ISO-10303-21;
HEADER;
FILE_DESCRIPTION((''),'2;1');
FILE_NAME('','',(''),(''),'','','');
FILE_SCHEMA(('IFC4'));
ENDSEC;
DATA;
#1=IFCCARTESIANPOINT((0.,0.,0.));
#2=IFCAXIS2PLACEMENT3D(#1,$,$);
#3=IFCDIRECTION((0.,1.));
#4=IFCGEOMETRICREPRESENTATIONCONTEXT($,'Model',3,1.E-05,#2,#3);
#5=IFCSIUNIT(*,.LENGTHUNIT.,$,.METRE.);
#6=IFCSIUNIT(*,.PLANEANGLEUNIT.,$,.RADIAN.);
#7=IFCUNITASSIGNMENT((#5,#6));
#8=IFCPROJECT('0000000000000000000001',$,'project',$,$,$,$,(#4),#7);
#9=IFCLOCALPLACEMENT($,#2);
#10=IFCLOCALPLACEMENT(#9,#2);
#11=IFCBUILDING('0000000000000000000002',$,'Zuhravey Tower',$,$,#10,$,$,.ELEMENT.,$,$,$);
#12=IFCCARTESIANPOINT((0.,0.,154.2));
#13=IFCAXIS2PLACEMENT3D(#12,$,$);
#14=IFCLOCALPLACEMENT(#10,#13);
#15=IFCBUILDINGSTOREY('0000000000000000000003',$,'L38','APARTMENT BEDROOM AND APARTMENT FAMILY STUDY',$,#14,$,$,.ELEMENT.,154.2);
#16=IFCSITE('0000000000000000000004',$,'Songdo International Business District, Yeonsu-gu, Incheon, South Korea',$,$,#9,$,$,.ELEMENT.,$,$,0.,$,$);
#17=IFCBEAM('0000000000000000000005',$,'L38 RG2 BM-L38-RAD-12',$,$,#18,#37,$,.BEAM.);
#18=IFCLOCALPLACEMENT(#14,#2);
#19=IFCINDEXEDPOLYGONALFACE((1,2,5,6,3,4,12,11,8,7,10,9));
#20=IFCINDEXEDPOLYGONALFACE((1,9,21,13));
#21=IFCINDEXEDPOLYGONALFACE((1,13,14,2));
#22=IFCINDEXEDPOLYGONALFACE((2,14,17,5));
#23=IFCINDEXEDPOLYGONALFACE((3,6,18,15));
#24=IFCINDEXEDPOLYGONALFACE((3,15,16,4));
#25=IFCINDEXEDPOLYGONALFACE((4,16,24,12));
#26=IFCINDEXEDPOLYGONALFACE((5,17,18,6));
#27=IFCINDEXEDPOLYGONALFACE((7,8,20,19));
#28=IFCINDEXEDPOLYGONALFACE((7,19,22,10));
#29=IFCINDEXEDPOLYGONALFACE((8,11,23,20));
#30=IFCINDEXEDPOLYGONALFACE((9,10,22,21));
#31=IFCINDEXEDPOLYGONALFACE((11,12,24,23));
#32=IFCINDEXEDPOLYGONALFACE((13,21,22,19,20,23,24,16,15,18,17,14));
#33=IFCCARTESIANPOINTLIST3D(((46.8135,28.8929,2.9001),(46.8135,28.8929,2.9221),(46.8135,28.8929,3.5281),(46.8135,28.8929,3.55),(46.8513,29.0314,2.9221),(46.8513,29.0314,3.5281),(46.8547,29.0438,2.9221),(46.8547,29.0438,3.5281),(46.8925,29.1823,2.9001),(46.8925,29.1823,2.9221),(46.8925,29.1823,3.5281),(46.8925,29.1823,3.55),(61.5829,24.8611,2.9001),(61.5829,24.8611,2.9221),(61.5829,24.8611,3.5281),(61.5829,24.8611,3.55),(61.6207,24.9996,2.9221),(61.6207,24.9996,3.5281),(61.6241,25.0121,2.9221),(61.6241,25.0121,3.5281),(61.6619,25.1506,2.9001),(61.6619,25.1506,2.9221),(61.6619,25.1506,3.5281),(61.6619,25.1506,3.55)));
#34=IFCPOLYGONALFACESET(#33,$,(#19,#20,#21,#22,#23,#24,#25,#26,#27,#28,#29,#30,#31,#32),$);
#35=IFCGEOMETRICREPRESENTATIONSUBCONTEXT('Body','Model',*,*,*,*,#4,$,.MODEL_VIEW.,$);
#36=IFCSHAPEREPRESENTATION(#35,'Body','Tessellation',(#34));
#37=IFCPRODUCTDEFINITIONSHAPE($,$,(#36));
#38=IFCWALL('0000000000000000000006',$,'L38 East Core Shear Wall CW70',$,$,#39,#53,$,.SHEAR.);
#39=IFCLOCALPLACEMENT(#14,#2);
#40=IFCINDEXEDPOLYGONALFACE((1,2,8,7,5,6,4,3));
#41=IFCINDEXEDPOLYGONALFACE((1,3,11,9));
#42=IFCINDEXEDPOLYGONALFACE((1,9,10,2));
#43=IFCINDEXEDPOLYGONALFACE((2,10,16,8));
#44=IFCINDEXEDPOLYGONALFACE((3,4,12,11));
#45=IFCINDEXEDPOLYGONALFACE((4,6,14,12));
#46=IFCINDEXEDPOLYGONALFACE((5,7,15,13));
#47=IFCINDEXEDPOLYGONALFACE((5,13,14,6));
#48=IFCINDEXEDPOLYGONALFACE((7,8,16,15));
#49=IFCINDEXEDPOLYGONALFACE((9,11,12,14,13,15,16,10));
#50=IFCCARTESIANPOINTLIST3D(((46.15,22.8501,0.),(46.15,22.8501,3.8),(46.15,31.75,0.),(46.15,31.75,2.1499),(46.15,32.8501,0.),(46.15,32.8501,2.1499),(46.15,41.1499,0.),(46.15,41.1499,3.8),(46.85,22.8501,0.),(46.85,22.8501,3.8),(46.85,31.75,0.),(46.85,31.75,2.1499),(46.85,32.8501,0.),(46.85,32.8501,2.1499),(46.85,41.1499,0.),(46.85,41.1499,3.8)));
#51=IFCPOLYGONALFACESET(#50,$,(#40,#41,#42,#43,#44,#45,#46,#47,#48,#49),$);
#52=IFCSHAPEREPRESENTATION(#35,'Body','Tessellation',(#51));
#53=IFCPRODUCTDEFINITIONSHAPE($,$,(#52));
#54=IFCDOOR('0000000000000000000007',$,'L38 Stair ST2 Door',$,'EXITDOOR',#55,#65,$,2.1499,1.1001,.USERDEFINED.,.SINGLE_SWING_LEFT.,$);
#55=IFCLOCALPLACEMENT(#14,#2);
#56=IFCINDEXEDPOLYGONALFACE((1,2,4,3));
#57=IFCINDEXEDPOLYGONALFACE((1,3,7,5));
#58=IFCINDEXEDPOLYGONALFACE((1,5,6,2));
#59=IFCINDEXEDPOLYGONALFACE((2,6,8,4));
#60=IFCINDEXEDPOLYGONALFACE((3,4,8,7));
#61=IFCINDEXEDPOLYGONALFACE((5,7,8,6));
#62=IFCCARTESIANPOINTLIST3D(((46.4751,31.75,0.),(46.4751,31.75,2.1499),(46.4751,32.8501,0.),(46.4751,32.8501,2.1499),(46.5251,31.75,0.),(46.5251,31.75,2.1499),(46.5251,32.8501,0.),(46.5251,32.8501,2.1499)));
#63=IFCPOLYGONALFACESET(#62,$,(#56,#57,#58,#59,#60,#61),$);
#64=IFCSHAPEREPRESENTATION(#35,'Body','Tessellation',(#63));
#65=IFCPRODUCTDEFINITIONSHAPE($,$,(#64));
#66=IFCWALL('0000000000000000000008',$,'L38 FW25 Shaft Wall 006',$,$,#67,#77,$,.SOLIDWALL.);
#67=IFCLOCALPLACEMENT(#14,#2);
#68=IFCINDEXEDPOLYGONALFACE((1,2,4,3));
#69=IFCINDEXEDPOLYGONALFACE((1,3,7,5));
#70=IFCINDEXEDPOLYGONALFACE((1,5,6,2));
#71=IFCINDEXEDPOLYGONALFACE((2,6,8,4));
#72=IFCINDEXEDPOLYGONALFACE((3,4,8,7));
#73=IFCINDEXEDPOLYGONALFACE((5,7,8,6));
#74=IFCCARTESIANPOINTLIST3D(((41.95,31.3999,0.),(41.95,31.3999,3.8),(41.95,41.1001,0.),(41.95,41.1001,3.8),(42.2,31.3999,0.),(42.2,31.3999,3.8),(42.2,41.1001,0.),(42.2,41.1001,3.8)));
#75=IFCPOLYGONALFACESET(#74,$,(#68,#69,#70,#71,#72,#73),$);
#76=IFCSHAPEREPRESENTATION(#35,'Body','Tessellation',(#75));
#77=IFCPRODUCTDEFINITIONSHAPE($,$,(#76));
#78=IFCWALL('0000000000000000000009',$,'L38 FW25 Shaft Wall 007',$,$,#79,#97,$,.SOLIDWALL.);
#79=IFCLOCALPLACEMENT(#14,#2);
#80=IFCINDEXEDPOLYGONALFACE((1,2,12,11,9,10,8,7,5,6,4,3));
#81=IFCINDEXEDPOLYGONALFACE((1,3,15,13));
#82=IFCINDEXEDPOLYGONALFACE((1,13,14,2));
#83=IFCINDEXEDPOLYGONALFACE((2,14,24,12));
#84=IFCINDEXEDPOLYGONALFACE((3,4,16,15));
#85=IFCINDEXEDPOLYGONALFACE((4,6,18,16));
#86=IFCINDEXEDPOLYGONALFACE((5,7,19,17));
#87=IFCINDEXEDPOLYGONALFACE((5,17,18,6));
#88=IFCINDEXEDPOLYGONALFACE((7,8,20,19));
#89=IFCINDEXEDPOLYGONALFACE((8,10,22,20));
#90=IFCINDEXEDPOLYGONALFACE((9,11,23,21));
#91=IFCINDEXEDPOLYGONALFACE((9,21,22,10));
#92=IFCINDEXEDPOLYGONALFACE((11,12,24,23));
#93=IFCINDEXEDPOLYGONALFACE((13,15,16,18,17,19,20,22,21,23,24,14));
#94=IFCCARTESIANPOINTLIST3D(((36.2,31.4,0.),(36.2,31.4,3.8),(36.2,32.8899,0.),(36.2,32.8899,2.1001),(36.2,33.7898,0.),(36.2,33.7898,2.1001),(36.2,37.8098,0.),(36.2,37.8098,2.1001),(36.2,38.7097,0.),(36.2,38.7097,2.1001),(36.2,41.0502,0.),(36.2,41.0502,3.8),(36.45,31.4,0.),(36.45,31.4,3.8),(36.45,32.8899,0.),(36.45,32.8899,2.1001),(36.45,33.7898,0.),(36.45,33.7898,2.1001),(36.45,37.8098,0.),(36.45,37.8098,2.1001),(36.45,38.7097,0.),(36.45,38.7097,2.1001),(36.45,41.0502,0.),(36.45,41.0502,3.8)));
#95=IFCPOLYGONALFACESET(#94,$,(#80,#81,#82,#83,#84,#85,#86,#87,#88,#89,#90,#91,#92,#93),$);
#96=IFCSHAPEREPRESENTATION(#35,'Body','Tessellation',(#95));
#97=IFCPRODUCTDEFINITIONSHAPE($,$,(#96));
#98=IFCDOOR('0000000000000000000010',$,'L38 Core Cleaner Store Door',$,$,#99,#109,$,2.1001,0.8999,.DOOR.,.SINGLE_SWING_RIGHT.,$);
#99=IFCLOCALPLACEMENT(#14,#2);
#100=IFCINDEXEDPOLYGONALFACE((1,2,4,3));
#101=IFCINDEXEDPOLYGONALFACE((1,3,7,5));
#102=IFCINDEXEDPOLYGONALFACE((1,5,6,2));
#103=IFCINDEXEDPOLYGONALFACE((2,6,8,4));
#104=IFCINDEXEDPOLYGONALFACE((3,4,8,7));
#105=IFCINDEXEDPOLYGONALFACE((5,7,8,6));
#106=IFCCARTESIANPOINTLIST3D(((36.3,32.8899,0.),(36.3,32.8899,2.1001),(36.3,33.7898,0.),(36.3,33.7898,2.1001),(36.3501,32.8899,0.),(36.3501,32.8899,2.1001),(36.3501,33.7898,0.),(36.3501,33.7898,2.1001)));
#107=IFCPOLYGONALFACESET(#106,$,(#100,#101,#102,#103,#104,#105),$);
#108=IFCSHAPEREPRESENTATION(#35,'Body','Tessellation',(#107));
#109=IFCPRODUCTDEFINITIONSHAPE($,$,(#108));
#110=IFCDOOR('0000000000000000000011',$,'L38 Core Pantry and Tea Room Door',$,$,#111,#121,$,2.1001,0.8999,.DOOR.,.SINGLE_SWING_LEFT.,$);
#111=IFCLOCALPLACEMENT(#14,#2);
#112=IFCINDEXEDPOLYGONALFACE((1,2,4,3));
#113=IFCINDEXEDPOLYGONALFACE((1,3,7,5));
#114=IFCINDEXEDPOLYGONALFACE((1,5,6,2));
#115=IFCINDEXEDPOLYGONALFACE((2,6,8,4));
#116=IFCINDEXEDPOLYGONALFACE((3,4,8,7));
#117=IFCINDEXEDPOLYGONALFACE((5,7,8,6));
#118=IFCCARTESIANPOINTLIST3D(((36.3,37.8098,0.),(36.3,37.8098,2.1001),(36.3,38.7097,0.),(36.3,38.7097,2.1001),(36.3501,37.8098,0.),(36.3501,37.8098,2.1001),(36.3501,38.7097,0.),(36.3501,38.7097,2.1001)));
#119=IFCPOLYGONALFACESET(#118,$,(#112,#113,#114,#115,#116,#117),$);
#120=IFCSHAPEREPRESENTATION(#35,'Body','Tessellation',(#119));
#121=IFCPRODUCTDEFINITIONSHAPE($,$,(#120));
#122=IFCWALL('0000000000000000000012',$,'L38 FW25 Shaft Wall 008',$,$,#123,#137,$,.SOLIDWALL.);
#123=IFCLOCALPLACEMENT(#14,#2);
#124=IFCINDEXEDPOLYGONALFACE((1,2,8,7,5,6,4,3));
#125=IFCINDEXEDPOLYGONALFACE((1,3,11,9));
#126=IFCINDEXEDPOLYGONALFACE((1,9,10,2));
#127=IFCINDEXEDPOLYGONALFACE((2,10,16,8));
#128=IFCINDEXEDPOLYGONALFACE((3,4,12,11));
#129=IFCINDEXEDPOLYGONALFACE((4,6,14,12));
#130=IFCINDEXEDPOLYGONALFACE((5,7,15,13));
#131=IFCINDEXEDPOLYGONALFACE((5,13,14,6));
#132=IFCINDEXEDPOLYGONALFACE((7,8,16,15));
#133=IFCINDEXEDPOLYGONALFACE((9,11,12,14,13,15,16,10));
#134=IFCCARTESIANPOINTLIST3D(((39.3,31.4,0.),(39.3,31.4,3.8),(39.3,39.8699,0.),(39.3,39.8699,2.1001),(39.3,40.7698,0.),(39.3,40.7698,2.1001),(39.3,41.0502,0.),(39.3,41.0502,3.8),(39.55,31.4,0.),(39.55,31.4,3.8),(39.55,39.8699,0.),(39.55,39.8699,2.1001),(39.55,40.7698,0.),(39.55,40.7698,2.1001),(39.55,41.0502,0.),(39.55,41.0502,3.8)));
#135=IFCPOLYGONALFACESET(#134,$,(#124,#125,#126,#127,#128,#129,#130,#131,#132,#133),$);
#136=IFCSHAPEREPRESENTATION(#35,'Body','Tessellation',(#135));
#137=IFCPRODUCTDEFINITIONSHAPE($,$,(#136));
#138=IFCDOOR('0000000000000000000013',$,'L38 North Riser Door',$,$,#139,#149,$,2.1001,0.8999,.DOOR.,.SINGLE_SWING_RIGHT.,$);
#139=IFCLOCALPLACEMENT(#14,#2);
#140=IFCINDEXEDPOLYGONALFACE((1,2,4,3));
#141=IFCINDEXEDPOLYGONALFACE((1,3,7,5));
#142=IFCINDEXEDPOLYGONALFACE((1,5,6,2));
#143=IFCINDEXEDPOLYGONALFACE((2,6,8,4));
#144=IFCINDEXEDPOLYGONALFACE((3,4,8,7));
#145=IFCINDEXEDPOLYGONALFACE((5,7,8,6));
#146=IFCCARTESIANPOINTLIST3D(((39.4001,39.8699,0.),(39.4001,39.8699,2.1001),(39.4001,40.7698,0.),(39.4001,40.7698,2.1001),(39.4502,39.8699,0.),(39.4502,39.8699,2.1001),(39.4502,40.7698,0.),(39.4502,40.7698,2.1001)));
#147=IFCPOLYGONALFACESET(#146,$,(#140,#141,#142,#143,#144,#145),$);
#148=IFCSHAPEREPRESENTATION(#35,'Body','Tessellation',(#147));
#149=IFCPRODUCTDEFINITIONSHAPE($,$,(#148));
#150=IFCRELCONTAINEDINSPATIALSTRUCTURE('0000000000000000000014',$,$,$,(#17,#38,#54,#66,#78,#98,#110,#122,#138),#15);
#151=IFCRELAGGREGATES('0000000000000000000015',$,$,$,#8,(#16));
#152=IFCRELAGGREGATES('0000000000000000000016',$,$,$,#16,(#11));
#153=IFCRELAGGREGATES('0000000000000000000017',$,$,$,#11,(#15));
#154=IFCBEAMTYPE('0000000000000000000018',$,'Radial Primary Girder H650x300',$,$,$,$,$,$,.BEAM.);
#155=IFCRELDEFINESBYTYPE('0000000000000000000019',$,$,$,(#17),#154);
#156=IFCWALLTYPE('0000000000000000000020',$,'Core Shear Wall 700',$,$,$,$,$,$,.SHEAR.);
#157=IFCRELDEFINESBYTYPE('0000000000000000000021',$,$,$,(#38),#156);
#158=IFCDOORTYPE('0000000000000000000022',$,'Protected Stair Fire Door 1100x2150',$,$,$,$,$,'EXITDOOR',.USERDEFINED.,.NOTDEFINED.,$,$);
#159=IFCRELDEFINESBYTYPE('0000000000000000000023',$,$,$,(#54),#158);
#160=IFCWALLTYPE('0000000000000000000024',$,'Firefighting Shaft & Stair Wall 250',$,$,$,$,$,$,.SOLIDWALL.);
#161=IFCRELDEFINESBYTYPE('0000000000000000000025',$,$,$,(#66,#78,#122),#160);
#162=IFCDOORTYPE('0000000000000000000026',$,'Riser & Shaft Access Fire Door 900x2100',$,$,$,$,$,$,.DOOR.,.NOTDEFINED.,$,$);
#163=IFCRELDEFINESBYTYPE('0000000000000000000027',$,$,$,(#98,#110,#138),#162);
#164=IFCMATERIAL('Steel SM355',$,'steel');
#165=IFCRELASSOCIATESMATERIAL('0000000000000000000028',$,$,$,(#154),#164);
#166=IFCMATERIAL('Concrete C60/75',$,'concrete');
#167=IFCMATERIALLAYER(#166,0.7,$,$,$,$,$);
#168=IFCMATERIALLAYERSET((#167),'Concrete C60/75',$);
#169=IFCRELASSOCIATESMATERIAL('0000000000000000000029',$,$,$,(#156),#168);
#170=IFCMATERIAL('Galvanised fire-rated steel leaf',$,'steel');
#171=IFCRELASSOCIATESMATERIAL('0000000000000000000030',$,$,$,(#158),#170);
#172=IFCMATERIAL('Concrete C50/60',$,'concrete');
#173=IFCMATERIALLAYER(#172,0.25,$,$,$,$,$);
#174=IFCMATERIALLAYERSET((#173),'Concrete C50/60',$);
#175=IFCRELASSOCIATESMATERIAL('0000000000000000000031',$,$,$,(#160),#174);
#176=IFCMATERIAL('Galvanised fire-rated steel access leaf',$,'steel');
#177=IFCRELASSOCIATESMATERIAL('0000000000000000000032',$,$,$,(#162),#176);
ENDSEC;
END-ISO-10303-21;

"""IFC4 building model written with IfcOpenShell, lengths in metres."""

from ifc_helpers import new_model, si_unit, direction, frame, frame_2d, origin, origin_2d, place, context, subcontext, project, spatial, rectangle, i_section, extrude, material, layer, layer_set, material_profile, profile_set, type_object, element, fill, save


model = new_model("IFC4")

# Units and contexts
model_context = context("Model", 3, precision=1e-05, world=origin(), true_north=direction((0.0, 1.0)))
body_context = subcontext(model_context, "Body", "Model", "MODEL_VIEW")
ifc_project = project(units=[si_unit("LENGTHUNIT", "METRE"), si_unit("PLANEANGLEUNIT", "RADIAN")], contexts=[model_context])

# Site, building, storey
site_placement = place(None, origin())
site = spatial("IfcSite", under=ifc_project, at=site_placement, Name="Songdo International Business District, Yeonsu-gu, Incheon, South Korea", CompositionType="ELEMENT", RefElevation=0.0)
building_placement = place(site_placement, origin())
building = spatial("IfcBuilding", under=site, at=building_placement, Name="Zuhravey Tower", CompositionType="ELEMENT")
storey_placement = place(building_placement, frame((0.0, 0.0, 154.2)))
storey = spatial("IfcBuildingStorey", under=building, at=storey_placement, Name="L38", Description="APARTMENT BEDROOM AND APARTMENT FAMILY STUDY", CompositionType="ELEMENT", Elevation=154.2)

# Beam
ifc_material_1 = material(Name="Steel SM355", Category="steel")
ifc_material_profile = material_profile(ifc_material_1, i_section(OverallWidth=0.3, OverallDepth=0.6499, WebThickness=0.0129, FlangeThickness=0.022, at=origin_2d()), Name="H-650x300x13x22")
ifc_profile_set = profile_set([ifc_material_profile], Name="Steel SM355")
beam_type = type_object("IfcBeamType", Name="Radial Primary Girder H650x300", PredefinedType="BEAM", material=ifc_profile_set)
beam_placement = place(storey_placement, frame((46.853, 29.0376, 3.2251), z_axis=(0.964702, -0.263345, 0.0), x_axis=(0.263345, 0.964702, 0.0)))
element("IfcBeam", 1, at=beam_placement, inside=storey, type_object=beam_type, Name="L38 RG2 BM-L38-RAD-12", PredefinedType="BEAM", context=body_context, shape_type="SweptSolid", body=[
    extrude(i_section(OverallWidth=0.3, OverallDepth=0.6499, WebThickness=0.0129, FlangeThickness=0.022, at=origin_2d()), origin(), (0.0, 0.0, 1.0), 15.3098),
])

# Wall, opening, door
ifc_material_2 = material(Name="Concrete C60/75", Category="concrete")
ifc_layer_1 = layer(ifc_material_2, 0.7)
ifc_layer_set_1 = layer_set([ifc_layer_1], Name="Concrete C60/75")
wall_type_1 = type_object("IfcWallType", Name="Core Shear Wall 700", PredefinedType="SHEAR", material=ifc_layer_set_1)
wall_1_placement = place(storey_placement, frame((46.5, 22.8501, 0.0), z_axis=(0.0, 0.0, 1.0), x_axis=(0.0, 1.0, 0.0)))
wall_1 = element("IfcWall", 2, at=wall_1_placement, inside=storey, type_object=wall_type_1, Name="L38 East Core Shear Wall CW70", PredefinedType="SHEAR", context=body_context, shape_type="SweptSolid", body=[
    extrude(rectangle(XDim=18.2998, YDim=0.7, at=frame_2d((9.1499, 0.0))), origin(), (0.0, 0.0, 1.0), 3.8),
])
opening_1_placement = place(wall_1_placement, frame((8.8999, 0.0, 0.0)))
opening_1 = element("IfcOpeningElement", 3, at=opening_1_placement, cuts=wall_1, PredefinedType="OPENING", context=body_context, shape_type="SweptSolid", body=[
    extrude(rectangle(XDim=1.1001, YDim=2.1499, at=frame_2d((0.55, 1.075))), frame((0.0, 0.3621, 0.0), z_axis=(0.0, -1.0, 0.0), x_axis=(1.0, 0.0, 0.0)), (0.0, 0.0, 1.0), 0.7239),
])
ifc_material_3 = material(Name="Galvanised fire-rated steel leaf", Category="steel")
door_type_1 = type_object("IfcDoorType", Name="Protected Stair Fire Door 1100x2150", ElementType="EXITDOOR", OperationType="NOTDEFINED", PredefinedType="USERDEFINED", material=ifc_material_3)
door_1_placement = place(opening_1_placement, origin())
door_1 = element("IfcDoor", 4, at=door_1_placement, inside=storey, type_object=door_type_1, Name="L38 Stair ST2 Door", ObjectType="EXITDOOR", OperationType="SINGLE_SWING_LEFT", OverallHeight=2.1499, OverallWidth=1.1001, PredefinedType="USERDEFINED", context=body_context, shape_type="SweptSolid", body=[
    extrude(rectangle(XDim=1.1001, YDim=2.1499, at=frame_2d((0.55, 1.075))), frame((0.0, 0.0249, 0.0), z_axis=(0.0, -1.0, 0.0), x_axis=(1.0, 0.0, 0.0)), (0.0, 0.0, 1.0), 0.05),
])
fill(opening_1, door_1)

# Wall
ifc_material_4 = material(Name="Concrete C50/60", Category="concrete")
ifc_layer_2 = layer(ifc_material_4, 0.25)
ifc_layer_set_2 = layer_set([ifc_layer_2], Name="Concrete C50/60")
wall_type_2 = type_object("IfcWallType", Name="Firefighting Shaft & Stair Wall 250", PredefinedType="SOLIDWALL", material=ifc_layer_set_2)
wall_2_placement = place(storey_placement, frame((42.075, 31.3999, 0.0), z_axis=(0.0, 0.0, 1.0), x_axis=(0.0, 1.0, 0.0)))
element("IfcWall", 5, at=wall_2_placement, inside=storey, type_object=wall_type_2, Name="L38 FW25 Shaft Wall 006", PredefinedType="SOLIDWALL", context=body_context, shape_type="SweptSolid", body=[
    extrude(rectangle(XDim=9.7002, YDim=0.25, at=frame_2d((4.8501, 0.0))), origin(), (0.0, 0.0, 1.0), 3.8),
])

# Wall, openings, doors
wall_3_placement = place(storey_placement, frame((36.325, 31.3999, 0.0), z_axis=(0.0, 0.0, 1.0), x_axis=(0.0, 1.0, 0.0)))
wall_3 = element("IfcWall", 6, at=wall_3_placement, inside=storey, type_object=wall_type_2, Name="L38 FW25 Shaft Wall 007", PredefinedType="SOLIDWALL", context=body_context, shape_type="SweptSolid", body=[
    extrude(rectangle(XDim=9.6501, YDim=0.25, at=frame_2d((4.8252, 0.0))), origin(), (0.0, 0.0, 1.0), 3.8),
])
opening_2_placement = place(wall_3_placement, frame((1.49, 0.0, 0.0)))
opening_2 = element("IfcOpeningElement", 7, at=opening_2_placement, cuts=wall_3, PredefinedType="OPENING", context=body_context, shape_type="SweptSolid", body=[
    extrude(rectangle(XDim=0.8999, YDim=2.1001, at=frame_2d((0.45, 1.05))), frame((0.0, 0.137, 0.0), z_axis=(0.0, -1.0, 0.0), x_axis=(1.0, 0.0, 0.0)), (0.0, 0.0, 1.0), 0.2739),
])
opening_3_placement = place(wall_3_placement, frame((6.4099, 0.0, 0.0)))
opening_3 = element("IfcOpeningElement", 8, at=opening_3_placement, cuts=wall_3, PredefinedType="OPENING", context=body_context, shape_type="SweptSolid", body=[
    extrude(rectangle(XDim=0.8999, YDim=2.1001, at=frame_2d((0.45, 1.05))), frame((0.0, 0.137, 0.0), z_axis=(0.0, -1.0, 0.0), x_axis=(1.0, 0.0, 0.0)), (0.0, 0.0, 1.0), 0.2739),
])
ifc_material_5 = material(Name="Galvanised fire-rated steel access leaf", Category="steel")
door_type_2 = type_object("IfcDoorType", Name="Riser & Shaft Access Fire Door 900x2100", OperationType="NOTDEFINED", PredefinedType="DOOR", material=ifc_material_5)
door_2_placement = place(opening_2_placement, origin())
door_2 = element("IfcDoor", 9, at=door_2_placement, inside=storey, type_object=door_type_2, Name="L38 Core Cleaner Store Door", OperationType="SINGLE_SWING_RIGHT", OverallHeight=2.1001, OverallWidth=0.8999, PredefinedType="DOOR", context=body_context, shape_type="SweptSolid", body=[
    extrude(rectangle(XDim=0.8999, YDim=2.1001, at=frame_2d((0.45, 1.05))), frame((0.0, 0.0249, 0.0), z_axis=(0.0, -1.0, 0.0), x_axis=(1.0, 0.0, 0.0)), (0.0, 0.0, 1.0), 0.05),
])
fill(opening_2, door_2)
door_3_placement = place(opening_3_placement, origin())
door_3 = element("IfcDoor", 10, at=door_3_placement, inside=storey, type_object=door_type_2, Name="L38 Core Pantry and Tea Room Door", OperationType="SINGLE_SWING_LEFT", OverallHeight=2.1001, OverallWidth=0.8999, PredefinedType="DOOR", context=body_context, shape_type="SweptSolid", body=[
    extrude(rectangle(XDim=0.8999, YDim=2.1001, at=frame_2d((0.45, 1.05))), frame((0.0, 0.0249, 0.0), z_axis=(0.0, -1.0, 0.0), x_axis=(1.0, 0.0, 0.0)), (0.0, 0.0, 1.0), 0.05),
])
fill(opening_3, door_3)

# Wall, opening, door
wall_4_placement = place(storey_placement, frame((39.425, 31.3999, 0.0), z_axis=(0.0, 0.0, 1.0), x_axis=(0.0, 1.0, 0.0)))
wall_4 = element("IfcWall", 11, at=wall_4_placement, inside=storey, type_object=wall_type_2, Name="L38 FW25 Shaft Wall 008", PredefinedType="SOLIDWALL", context=body_context, shape_type="SweptSolid", body=[
    extrude(rectangle(XDim=9.6501, YDim=0.25, at=frame_2d((4.8252, 0.0))), origin(), (0.0, 0.0, 1.0), 3.8),
])
opening_4_placement = place(wall_4_placement, frame((8.47, 0.0, 0.0)))
opening_4 = element("IfcOpeningElement", 12, at=opening_4_placement, cuts=wall_4, PredefinedType="OPENING", context=body_context, shape_type="SweptSolid", body=[
    extrude(rectangle(XDim=0.8999, YDim=2.1001, at=frame_2d((0.45, 1.05))), frame((0.0, 0.137, 0.0), z_axis=(0.0, -1.0, 0.0), x_axis=(1.0, 0.0, 0.0)), (0.0, 0.0, 1.0), 0.2739),
])
door_4_placement = place(opening_4_placement, origin())
door_4 = element("IfcDoor", 13, at=door_4_placement, inside=storey, type_object=door_type_2, Name="L38 North Riser Door", OperationType="SINGLE_SWING_RIGHT", OverallHeight=2.1001, OverallWidth=0.8999, PredefinedType="DOOR", context=body_context, shape_type="SweptSolid", body=[
    extrude(rectangle(XDim=0.8999, YDim=2.1001, at=frame_2d((0.45, 1.05))), frame((0.0, 0.0249, 0.0), z_axis=(0.0, -1.0, 0.0), x_axis=(1.0, 0.0, 0.0)), (0.0, 0.0, 1.0), 0.05),
])
fill(opening_4, door_4)

save(model, "model.ifc")
